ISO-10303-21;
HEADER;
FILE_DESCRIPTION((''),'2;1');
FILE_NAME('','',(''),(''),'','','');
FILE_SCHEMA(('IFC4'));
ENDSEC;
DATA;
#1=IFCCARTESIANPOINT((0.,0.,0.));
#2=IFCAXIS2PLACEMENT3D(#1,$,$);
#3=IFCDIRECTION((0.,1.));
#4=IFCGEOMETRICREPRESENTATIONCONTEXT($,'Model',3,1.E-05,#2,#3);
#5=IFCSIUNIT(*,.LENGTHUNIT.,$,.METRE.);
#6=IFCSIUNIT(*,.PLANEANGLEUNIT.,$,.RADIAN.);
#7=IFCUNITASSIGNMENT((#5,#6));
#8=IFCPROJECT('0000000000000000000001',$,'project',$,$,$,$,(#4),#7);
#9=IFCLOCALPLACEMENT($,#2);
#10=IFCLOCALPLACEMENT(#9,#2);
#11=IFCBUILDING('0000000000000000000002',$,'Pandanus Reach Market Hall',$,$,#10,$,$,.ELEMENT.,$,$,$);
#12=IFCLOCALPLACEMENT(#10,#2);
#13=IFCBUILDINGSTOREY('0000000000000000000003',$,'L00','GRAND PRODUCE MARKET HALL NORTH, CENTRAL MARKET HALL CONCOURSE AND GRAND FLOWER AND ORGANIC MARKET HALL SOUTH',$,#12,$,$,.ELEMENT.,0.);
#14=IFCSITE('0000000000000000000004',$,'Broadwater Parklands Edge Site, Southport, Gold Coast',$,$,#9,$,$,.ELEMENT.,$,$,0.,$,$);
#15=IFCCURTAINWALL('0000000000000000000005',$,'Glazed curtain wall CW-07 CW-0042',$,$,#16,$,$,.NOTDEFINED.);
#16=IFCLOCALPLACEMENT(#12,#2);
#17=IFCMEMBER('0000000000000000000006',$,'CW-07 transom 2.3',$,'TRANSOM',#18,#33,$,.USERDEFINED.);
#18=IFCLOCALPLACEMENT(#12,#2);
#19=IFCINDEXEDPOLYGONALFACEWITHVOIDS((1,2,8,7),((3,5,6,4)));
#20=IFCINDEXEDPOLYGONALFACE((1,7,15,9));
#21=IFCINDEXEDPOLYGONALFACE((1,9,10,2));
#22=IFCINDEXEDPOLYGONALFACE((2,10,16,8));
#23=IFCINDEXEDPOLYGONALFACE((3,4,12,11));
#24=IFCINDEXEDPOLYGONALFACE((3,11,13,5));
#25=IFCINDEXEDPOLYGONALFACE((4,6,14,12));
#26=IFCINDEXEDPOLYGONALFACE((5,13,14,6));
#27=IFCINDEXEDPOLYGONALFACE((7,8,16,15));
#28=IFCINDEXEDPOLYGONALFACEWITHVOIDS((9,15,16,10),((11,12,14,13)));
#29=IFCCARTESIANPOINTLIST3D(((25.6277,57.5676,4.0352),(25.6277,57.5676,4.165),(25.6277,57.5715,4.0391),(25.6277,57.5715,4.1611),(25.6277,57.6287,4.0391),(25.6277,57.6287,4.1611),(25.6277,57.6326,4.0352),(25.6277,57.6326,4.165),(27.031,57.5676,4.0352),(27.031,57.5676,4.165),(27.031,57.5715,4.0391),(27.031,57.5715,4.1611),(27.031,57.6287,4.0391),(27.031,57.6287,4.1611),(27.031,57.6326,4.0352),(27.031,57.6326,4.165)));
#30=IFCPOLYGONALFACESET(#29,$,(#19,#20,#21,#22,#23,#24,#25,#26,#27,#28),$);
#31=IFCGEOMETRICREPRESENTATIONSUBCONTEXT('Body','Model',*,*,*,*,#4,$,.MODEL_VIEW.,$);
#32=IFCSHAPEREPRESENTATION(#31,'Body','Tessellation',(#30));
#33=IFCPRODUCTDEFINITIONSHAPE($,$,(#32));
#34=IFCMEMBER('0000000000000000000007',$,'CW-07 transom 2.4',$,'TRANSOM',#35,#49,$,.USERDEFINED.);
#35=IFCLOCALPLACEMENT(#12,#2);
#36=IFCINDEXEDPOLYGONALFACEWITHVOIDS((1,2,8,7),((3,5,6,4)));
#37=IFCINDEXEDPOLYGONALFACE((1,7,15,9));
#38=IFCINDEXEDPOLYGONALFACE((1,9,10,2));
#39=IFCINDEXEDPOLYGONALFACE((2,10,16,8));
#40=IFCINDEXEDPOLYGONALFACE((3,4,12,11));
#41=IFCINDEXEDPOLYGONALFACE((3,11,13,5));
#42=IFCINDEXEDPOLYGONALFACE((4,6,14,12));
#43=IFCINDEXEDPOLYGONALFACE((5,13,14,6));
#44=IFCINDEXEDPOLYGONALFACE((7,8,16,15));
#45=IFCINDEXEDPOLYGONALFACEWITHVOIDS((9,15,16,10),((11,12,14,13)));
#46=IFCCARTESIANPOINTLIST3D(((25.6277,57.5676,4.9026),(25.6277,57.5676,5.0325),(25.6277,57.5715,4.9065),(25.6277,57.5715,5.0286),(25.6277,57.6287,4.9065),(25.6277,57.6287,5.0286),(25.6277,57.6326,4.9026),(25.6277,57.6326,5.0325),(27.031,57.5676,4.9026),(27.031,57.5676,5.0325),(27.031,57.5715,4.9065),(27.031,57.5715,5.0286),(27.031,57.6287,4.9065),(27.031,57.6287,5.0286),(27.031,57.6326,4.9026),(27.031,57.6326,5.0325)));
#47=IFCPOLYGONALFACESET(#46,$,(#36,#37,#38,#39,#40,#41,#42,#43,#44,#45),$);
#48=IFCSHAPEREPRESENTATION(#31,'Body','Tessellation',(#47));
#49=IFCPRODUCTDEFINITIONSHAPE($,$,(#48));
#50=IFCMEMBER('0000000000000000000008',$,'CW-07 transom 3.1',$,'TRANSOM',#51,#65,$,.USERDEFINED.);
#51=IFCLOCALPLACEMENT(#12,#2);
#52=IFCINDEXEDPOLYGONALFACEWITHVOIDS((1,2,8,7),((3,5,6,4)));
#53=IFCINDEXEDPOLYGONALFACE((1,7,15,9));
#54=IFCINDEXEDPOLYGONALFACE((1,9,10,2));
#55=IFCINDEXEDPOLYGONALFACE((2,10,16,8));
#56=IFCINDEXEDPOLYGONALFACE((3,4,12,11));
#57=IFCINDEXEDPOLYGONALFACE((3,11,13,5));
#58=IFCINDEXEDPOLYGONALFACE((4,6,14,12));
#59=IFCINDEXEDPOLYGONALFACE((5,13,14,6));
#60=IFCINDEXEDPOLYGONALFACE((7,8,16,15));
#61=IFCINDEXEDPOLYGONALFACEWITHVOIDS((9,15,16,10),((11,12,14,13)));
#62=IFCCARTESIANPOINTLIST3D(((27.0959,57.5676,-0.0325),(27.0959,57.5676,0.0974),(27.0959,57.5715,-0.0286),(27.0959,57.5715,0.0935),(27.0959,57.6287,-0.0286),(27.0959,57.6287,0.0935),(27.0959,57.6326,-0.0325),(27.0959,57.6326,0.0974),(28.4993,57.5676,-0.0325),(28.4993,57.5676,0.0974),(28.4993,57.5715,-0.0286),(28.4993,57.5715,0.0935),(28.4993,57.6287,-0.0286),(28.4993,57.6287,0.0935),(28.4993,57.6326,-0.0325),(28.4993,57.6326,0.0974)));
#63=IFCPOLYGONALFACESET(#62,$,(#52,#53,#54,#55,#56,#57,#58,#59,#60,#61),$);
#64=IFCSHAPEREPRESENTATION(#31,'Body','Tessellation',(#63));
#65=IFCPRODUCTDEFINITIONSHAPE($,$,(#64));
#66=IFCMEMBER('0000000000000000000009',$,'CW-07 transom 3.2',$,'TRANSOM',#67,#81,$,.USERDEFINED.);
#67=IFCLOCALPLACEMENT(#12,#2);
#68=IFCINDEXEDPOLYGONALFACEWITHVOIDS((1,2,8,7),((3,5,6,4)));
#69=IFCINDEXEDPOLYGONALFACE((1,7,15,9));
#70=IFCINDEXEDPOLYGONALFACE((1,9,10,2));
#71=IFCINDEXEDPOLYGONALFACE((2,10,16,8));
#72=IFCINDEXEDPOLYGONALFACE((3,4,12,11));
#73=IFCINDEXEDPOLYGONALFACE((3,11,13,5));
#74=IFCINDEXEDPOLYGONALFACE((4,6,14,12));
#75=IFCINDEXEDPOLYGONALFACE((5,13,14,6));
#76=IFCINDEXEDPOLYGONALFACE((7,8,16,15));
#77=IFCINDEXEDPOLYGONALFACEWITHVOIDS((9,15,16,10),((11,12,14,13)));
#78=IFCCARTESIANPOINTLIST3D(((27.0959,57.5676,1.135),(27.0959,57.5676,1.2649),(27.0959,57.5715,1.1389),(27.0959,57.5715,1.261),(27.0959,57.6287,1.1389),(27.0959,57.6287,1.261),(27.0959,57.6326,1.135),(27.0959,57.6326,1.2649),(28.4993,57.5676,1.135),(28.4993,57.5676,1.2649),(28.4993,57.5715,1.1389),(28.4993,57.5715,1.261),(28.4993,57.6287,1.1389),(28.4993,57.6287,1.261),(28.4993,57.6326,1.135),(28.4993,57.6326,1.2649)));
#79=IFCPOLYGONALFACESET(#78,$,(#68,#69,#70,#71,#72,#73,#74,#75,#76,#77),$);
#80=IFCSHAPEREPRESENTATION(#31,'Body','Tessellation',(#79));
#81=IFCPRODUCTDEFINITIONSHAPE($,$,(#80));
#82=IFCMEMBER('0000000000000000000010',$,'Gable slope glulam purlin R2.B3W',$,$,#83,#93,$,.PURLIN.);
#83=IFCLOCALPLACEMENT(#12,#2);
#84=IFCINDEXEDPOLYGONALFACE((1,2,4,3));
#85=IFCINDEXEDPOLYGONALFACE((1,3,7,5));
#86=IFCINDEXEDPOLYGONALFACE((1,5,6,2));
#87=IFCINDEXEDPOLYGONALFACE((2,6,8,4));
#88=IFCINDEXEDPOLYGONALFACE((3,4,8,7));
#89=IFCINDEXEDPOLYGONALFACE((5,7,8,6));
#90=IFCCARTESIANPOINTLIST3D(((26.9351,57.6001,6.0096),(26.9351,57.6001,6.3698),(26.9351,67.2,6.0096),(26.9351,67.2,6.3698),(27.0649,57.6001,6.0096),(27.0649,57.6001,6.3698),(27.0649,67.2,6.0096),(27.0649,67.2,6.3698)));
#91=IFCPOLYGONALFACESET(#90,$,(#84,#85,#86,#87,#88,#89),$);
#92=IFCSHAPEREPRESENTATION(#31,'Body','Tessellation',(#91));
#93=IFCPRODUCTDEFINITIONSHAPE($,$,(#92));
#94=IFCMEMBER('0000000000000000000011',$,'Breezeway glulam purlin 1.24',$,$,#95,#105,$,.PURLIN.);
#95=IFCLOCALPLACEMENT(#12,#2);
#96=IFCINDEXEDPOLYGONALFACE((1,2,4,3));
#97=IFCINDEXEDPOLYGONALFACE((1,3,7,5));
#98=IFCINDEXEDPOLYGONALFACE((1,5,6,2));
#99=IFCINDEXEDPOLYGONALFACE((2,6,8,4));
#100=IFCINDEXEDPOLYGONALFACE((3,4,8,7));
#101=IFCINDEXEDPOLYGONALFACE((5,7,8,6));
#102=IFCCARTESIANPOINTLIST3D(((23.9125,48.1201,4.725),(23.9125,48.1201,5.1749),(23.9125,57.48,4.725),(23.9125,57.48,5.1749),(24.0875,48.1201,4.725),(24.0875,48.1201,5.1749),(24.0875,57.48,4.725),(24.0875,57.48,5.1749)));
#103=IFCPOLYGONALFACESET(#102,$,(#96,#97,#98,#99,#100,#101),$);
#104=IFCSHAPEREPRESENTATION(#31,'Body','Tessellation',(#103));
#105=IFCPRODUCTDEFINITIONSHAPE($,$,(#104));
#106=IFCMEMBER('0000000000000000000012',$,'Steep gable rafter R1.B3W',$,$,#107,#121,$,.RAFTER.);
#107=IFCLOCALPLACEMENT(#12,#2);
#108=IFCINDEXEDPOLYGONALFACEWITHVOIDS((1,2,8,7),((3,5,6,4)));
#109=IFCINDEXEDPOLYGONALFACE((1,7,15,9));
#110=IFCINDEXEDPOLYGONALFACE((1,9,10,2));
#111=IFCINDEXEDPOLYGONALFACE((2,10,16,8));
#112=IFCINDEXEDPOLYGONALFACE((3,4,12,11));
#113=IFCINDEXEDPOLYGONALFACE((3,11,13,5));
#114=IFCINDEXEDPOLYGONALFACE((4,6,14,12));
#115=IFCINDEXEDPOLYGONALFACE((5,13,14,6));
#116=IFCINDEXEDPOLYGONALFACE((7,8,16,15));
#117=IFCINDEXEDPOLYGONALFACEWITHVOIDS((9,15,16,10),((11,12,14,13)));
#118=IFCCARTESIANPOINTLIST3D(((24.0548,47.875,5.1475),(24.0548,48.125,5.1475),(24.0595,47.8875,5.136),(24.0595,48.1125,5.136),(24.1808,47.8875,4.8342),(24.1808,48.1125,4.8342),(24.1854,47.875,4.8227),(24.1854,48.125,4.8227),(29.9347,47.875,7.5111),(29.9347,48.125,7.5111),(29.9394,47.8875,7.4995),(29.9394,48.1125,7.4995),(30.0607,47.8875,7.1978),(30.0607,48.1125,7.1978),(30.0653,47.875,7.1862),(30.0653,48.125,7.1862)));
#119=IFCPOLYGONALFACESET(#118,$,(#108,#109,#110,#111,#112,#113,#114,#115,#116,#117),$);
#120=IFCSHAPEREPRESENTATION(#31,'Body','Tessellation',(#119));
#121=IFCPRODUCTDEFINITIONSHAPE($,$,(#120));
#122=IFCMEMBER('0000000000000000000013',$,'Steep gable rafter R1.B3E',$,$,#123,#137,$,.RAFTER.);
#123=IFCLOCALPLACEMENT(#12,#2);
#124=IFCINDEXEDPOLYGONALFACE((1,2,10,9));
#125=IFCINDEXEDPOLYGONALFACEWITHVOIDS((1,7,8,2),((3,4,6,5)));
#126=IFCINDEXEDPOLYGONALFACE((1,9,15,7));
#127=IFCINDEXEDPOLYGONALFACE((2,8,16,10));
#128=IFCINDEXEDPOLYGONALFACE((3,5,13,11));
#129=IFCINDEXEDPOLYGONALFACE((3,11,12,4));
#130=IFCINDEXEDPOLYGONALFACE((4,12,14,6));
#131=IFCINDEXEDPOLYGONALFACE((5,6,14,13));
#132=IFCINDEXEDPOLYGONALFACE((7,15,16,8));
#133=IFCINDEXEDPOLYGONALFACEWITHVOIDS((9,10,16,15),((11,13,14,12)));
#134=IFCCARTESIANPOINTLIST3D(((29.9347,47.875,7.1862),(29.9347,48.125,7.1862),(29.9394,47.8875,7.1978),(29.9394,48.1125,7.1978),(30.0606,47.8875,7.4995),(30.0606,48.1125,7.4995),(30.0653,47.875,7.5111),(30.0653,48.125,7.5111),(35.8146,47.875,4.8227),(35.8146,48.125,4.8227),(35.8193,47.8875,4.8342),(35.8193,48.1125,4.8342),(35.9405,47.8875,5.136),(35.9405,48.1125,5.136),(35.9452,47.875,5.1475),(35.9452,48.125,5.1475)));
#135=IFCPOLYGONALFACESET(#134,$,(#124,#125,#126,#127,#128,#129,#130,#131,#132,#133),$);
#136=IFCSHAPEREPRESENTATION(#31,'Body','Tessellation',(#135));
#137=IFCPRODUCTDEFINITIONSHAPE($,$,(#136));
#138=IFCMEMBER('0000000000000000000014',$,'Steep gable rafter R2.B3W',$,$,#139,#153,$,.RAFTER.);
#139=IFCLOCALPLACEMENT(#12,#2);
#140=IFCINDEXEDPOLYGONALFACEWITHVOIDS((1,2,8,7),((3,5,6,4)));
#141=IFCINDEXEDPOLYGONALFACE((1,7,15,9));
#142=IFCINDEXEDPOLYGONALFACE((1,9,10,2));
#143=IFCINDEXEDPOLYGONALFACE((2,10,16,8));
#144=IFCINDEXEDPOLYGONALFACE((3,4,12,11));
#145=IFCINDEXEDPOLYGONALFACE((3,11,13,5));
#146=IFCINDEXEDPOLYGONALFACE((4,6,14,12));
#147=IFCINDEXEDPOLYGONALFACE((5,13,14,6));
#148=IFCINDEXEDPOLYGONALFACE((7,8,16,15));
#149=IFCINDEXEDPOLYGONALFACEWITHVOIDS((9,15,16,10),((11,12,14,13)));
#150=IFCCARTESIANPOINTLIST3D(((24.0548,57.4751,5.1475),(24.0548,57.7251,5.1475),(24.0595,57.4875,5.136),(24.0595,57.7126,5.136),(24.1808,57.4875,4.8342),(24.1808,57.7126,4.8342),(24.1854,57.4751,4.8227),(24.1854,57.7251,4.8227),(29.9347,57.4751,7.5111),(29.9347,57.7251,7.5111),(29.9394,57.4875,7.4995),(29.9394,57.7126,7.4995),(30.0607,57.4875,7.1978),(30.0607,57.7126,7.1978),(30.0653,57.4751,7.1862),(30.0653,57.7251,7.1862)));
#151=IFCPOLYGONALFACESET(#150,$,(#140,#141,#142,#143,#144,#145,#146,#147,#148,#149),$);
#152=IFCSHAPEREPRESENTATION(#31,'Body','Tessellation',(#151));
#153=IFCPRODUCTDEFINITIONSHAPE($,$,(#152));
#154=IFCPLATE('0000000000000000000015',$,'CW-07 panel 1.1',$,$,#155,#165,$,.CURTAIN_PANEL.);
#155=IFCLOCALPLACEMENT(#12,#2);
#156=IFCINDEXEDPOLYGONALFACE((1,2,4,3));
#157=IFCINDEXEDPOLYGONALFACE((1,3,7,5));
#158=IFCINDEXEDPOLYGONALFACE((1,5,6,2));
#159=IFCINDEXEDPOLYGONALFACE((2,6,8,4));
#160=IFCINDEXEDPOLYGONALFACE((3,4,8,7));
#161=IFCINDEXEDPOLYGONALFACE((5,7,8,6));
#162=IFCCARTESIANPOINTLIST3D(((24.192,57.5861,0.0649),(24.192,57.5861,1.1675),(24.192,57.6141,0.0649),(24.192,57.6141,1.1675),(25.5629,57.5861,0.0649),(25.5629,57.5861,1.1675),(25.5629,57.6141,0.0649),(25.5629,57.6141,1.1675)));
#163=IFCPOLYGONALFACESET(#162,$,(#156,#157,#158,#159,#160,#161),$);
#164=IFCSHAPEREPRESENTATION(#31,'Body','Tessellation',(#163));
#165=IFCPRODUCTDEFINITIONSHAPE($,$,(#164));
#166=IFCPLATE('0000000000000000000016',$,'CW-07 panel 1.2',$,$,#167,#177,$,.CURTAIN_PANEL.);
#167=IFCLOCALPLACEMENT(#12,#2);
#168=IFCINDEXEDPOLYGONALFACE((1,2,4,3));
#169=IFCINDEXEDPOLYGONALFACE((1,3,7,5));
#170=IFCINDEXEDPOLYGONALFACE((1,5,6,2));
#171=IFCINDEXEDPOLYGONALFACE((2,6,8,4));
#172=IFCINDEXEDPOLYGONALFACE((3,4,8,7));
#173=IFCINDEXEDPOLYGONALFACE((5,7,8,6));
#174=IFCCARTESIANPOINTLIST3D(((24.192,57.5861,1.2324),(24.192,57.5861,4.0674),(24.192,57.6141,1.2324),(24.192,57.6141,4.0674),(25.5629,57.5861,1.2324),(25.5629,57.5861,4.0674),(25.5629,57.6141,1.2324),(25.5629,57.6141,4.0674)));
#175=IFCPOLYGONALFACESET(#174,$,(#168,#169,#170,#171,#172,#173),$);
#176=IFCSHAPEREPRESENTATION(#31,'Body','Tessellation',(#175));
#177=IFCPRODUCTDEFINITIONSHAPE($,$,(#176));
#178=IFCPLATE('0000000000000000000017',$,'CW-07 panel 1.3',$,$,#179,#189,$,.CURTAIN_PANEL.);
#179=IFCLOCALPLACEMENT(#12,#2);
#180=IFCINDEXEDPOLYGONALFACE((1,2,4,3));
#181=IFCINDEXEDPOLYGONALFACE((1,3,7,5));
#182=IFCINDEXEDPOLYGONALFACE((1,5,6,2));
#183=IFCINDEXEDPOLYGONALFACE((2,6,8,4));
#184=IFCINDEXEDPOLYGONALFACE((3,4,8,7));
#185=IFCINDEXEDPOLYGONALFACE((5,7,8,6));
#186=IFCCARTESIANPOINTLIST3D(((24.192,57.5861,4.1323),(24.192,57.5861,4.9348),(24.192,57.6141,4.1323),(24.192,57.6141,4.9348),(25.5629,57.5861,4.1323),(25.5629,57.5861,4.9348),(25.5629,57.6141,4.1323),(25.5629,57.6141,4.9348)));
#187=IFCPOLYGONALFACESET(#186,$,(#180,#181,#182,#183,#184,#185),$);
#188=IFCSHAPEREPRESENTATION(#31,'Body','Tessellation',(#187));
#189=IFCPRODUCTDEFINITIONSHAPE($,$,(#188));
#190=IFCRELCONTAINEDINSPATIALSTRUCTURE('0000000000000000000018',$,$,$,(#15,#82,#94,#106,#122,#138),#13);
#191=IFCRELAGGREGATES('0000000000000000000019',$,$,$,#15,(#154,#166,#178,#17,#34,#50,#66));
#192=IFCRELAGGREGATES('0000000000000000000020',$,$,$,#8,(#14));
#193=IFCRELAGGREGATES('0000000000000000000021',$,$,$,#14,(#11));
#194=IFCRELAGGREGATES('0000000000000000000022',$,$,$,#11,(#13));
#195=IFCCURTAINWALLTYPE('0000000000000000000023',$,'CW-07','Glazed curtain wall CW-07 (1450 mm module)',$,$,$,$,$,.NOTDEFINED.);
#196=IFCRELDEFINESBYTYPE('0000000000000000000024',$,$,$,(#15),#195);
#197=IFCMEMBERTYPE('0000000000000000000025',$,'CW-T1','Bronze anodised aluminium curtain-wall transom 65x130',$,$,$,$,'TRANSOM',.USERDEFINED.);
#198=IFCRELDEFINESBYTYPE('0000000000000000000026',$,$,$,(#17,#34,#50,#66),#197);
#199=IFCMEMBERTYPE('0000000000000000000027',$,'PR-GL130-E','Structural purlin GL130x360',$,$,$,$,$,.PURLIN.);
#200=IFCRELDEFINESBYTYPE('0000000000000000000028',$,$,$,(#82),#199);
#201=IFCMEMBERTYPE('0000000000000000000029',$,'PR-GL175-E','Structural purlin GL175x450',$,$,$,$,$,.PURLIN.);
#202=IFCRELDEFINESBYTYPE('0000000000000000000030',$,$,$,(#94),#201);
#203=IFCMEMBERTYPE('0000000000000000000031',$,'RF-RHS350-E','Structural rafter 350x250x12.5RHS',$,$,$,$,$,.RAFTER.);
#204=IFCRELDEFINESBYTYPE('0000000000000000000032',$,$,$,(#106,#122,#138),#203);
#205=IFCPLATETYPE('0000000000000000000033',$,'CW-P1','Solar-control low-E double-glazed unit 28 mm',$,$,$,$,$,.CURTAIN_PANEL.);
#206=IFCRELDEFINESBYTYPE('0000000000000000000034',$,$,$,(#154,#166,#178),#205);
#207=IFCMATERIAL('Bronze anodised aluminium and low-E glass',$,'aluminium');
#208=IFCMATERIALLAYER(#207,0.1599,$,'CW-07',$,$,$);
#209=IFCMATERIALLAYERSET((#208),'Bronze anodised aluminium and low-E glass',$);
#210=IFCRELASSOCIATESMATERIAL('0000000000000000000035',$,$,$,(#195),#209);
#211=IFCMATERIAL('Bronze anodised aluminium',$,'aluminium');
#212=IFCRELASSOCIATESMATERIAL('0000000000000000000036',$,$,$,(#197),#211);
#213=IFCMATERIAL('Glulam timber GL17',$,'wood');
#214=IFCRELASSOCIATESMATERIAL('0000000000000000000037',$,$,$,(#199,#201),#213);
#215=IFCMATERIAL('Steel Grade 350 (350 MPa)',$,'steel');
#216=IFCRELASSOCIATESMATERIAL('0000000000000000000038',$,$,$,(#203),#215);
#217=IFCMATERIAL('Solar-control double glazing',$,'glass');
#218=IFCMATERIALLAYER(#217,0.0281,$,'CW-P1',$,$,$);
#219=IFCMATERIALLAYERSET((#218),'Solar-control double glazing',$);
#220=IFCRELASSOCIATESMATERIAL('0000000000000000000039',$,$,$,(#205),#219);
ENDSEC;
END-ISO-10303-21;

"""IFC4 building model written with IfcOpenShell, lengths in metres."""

from ifc_helpers import new_model, si_unit, direction, frame, origin, origin_2d, place, context, subcontext, project, spatial, rectangle, hollow_rectangle, extrude, material, layer, layer_set, material_profile, profile_set, type_object, element, aggregate, save


model = new_model("IFC4")

# Units and contexts
model_context = context("Model", 3, precision=1e-05, world=origin(), true_north=direction((0.0, 1.0)))
body_context = subcontext(model_context, "Body", "Model", "MODEL_VIEW")
ifc_project = project(units=[si_unit("LENGTHUNIT", "METRE"), si_unit("PLANEANGLEUNIT", "RADIAN")], contexts=[model_context])

# Site, building, storey
site_placement = place(None, origin())
site = spatial("IfcSite", under=ifc_project, at=site_placement, Name="Broadwater Parklands Edge Site, Southport, Gold Coast", CompositionType="ELEMENT", RefElevation=0.0)
building_placement = place(site_placement, origin())
building = spatial("IfcBuilding", under=site, at=building_placement, Name="Pandanus Reach Market Hall", CompositionType="ELEMENT")
storey_placement = place(building_placement, origin())
storey = spatial("IfcBuildingStorey", under=building, at=storey_placement, Name="L00", Description="GRAND PRODUCE MARKET HALL NORTH, CENTRAL MARKET HALL CONCOURSE AND GRAND FLOWER AND ORGANIC MARKET HALL SOUTH", CompositionType="ELEMENT", Elevation=0.0)

# Shared definitions
ifc_material_1 = material(Name="Steel Grade 350 (350 MPa)", Category="steel")

# Curtain wall, members
ifc_material_2 = material(Name="Bronze anodised aluminium and low-E glass", Category="aluminium")
ifc_layer_1 = layer(ifc_material_2, 0.1599, Name="CW-07")
ifc_layer_set_1 = layer_set([ifc_layer_1], Name="Bronze anodised aluminium and low-E glass")
curtain_wall_type = type_object("IfcCurtainWallType", Name="CW-07", Description="Glazed curtain wall CW-07 (1450 mm module)", PredefinedType="NOTDEFINED", material=ifc_layer_set_1)
curtain_wall_placement = place(storey_placement, origin())
curtain_wall = element("IfcCurtainWall", 1, at=curtain_wall_placement, inside=storey, type_object=curtain_wall_type, Name="Glazed curtain wall CW-07 CW-0042", PredefinedType="NOTDEFINED")
ifc_material_3 = material(Name="Bronze anodised aluminium", Category="aluminium")
ifc_material_profile_1 = material_profile(ifc_material_3, hollow_rectangle(XDim=0.0649, YDim=0.1299, WallThickness=0.0039, at=origin_2d()), Name="ALU65x130", Category="LoadBearing")
ifc_profile_set_1 = profile_set([ifc_material_profile_1], Name="Bronze anodised aluminium")
member_type_1 = type_object("IfcMemberType", Name="CW-T1", Description="Bronze anodised aluminium curtain-wall transom 65x130", ElementType="TRANSOM", PredefinedType="USERDEFINED", material=ifc_profile_set_1)
member_1_placement = place(storey_placement, frame((25.6277, 57.6001, 4.1001), z_axis=(1.0, 0.0, 0.0), x_axis=(0.0, 1.0, 0.0)))
member_1 = element("IfcMember", 2, at=member_1_placement, type_object=member_type_1, Name="CW-07 transom 2.3", ObjectType="TRANSOM", PredefinedType="USERDEFINED", context=body_context, shape_type="SweptSolid", body=[
    extrude(hollow_rectangle(XDim=0.0649, YDim=0.1299, WallThickness=0.0039, at=origin_2d()), origin(), (0.0, 0.0, 1.0), 1.4033),
])
member_2_placement = place(storey_placement, frame((25.6277, 57.6001, 4.9675), z_axis=(1.0, 0.0, 0.0), x_axis=(0.0, 1.0, 0.0)))
member_2 = element("IfcMember", 3, at=member_2_placement, type_object=member_type_1, Name="CW-07 transom 2.4", ObjectType="TRANSOM", PredefinedType="USERDEFINED", context=body_context, shape_type="SweptSolid", body=[
    extrude(hollow_rectangle(XDim=0.0649, YDim=0.1299, WallThickness=0.0039, at=origin_2d()), origin(), (0.0, 0.0, 1.0), 1.4033),
])
member_3_placement = place(storey_placement, frame((27.0959, 57.6001, 0.0325), z_axis=(1.0, 0.0, 0.0), x_axis=(0.0, 1.0, 0.0)))
member_3 = element("IfcMember", 4, at=member_3_placement, type_object=member_type_1, Name="CW-07 transom 3.1", ObjectType="TRANSOM", PredefinedType="USERDEFINED", context=body_context, shape_type="SweptSolid", body=[
    extrude(hollow_rectangle(XDim=0.0649, YDim=0.1299, WallThickness=0.0039, at=origin_2d()), origin(), (0.0, 0.0, 1.0), 1.4033),
])
member_4_placement = place(storey_placement, frame((27.0959, 57.6001, 1.2), z_axis=(1.0, 0.0, 0.0), x_axis=(0.0, 1.0, 0.0)))
member_4 = element("IfcMember", 5, at=member_4_placement, type_object=member_type_1, Name="CW-07 transom 3.2", ObjectType="TRANSOM", PredefinedType="USERDEFINED", context=body_context, shape_type="SweptSolid", body=[
    extrude(hollow_rectangle(XDim=0.0649, YDim=0.1299, WallThickness=0.0039, at=origin_2d()), origin(), (0.0, 0.0, 1.0), 1.4033),
])

# Members
ifc_material_4 = material(Name="Glulam timber GL17", Category="wood")
ifc_material_profile_2 = material_profile(ifc_material_4, rectangle(XDim=0.1299, YDim=0.3601, at=origin_2d()), Name="GL130x360", Category="LoadBearing")
ifc_profile_set_2 = profile_set([ifc_material_profile_2], Name="Glulam timber GL17")
member_type_2 = type_object("IfcMemberType", Name="PR-GL130-E", Description="Structural purlin GL130x360", PredefinedType="PURLIN", material=ifc_profile_set_2)
member_5_placement = place(storey_placement, frame((27.0, 57.6001, 6.1897), z_axis=(0.0, 1.0, 0.0), x_axis=(-1.0, 0.0, 0.0)))
element("IfcMember", 6, at=member_5_placement, inside=storey, type_object=member_type_2, Name="Gable slope glulam purlin R2.B3W", PredefinedType="PURLIN", context=body_context, shape_type="SweptSolid", body=[
    extrude(rectangle(XDim=0.1299, YDim=0.3601, at=origin_2d()), origin(), (0.0, 0.0, 1.0), 9.5999),
])
ifc_material_profile_3 = material_profile(ifc_material_4, rectangle(XDim=0.175, YDim=0.45, at=origin_2d()), Name="GL175x450", Category="LoadBearing")
ifc_profile_set_3 = profile_set([ifc_material_profile_3], Name="Glulam timber GL17")
member_type_3 = type_object("IfcMemberType", Name="PR-GL175-E", Description="Structural purlin GL175x450", PredefinedType="PURLIN", material=ifc_profile_set_3)
member_6_placement = place(storey_placement, frame((24.0, 48.1201, 4.95), z_axis=(0.0, 1.0, 0.0), x_axis=(-1.0, 0.0, 0.0)))
element("IfcMember", 7, at=member_6_placement, inside=storey, type_object=member_type_3, Name="Breezeway glulam purlin 1.24", PredefinedType="PURLIN", context=body_context, shape_type="SweptSolid", body=[
    extrude(rectangle(XDim=0.175, YDim=0.45, at=origin_2d()), origin(), (0.0, 0.0, 1.0), 9.3599),
])
ifc_material_profile_4 = material_profile(ifc_material_1, hollow_rectangle(XDim=0.25, YDim=0.3501, WallThickness=0.0125, at=origin_2d()), Name="350x250x12.5RHS", Category="LoadBearing")
ifc_profile_set_4 = profile_set([ifc_material_profile_4], Name="Steel Grade 350 (350 MPa)")
member_type_4 = type_object("IfcMemberType", Name="RF-RHS350-E", Description="Structural rafter 350x250x12.5RHS", PredefinedType="RAFTER", material=ifc_profile_set_4)
for number, where, z_axis, x_axis, name in (
    (8, (24.1201, 48.0, 4.9851), (0.927846, 0.0, 0.372964), (0.0, 1.0, 0.0), "Steep gable rafter R1.B3W"),
    (9, (30.0, 48.0, 7.3486), (0.927846, 0.0, -0.372964), (0.0, 1.0, 0.0), "Steep gable rafter R1.B3E"),
    (10, (24.1201, 57.6001, 4.9851), (0.927846, 0.0, 0.372964), (0.0, 1.0, 0.0), "Steep gable rafter R2.B3W"),
):
    element("IfcMember", number, at=place(storey_placement, frame(where, z_axis=z_axis, x_axis=x_axis)), inside=storey, type_object=member_type_4, Name=name, PredefinedType="RAFTER", context=body_context, shape_type="SweptSolid", body=[
        extrude(hollow_rectangle(XDim=0.25, YDim=0.3501, WallThickness=0.0125, at=origin_2d()), origin(), (0.0, 0.0, 1.0), 6.3372),
    ])

# Plates
ifc_material_5 = material(Name="Solar-control double glazing", Category="glass")
ifc_layer_2 = layer(ifc_material_5, 0.0281, Name="CW-P1")
ifc_layer_set_2 = layer_set([ifc_layer_2], Name="Solar-control double glazing")
plate_type = type_object("IfcPlateType", Name="CW-P1", Description="Solar-control low-E double-glazed unit 28 mm", PredefinedType="CURTAIN_PANEL", material=ifc_layer_set_2)
plate_1_placement = place(storey_placement, frame((24.8774, 57.6001, 0.0649), z_axis=(0.0, 0.0, 1.0), x_axis=(1.0, 0.0, 0.0)))
plate_1 = element("IfcPlate", 11, at=plate_1_placement, type_object=plate_type, Name="CW-07 panel 1.1", PredefinedType="CURTAIN_PANEL", context=body_context, shape_type="SweptSolid", body=[
    extrude(rectangle(XDim=1.3708, YDim=0.0281, at=origin_2d()), origin(), (0.0, 0.0, 1.0), 1.1025),
])
plate_2_placement = place(storey_placement, frame((24.8774, 57.6001, 1.2324), z_axis=(0.0, 0.0, 1.0), x_axis=(1.0, 0.0, 0.0)))
plate_2 = element("IfcPlate", 12, at=plate_2_placement, type_object=plate_type, Name="CW-07 panel 1.2", PredefinedType="CURTAIN_PANEL", context=body_context, shape_type="SweptSolid", body=[
    extrude(rectangle(XDim=1.3708, YDim=0.0281, at=origin_2d()), origin(), (0.0, 0.0, 1.0), 2.835),
])
plate_3_placement = place(storey_placement, frame((24.8774, 57.6001, 4.1323), z_axis=(0.0, 0.0, 1.0), x_axis=(1.0, 0.0, 0.0)))
plate_3 = element("IfcPlate", 13, at=plate_3_placement, type_object=plate_type, Name="CW-07 panel 1.3", PredefinedType="CURTAIN_PANEL", context=body_context, shape_type="SweptSolid", body=[
    extrude(rectangle(XDim=1.3708, YDim=0.0281, at=origin_2d()), origin(), (0.0, 0.0, 1.0), 0.8025),
])
aggregate(curtain_wall, [plate_1, plate_2, plate_3, member_1, member_2, member_3, member_4])

save(model, "model.ifc")
